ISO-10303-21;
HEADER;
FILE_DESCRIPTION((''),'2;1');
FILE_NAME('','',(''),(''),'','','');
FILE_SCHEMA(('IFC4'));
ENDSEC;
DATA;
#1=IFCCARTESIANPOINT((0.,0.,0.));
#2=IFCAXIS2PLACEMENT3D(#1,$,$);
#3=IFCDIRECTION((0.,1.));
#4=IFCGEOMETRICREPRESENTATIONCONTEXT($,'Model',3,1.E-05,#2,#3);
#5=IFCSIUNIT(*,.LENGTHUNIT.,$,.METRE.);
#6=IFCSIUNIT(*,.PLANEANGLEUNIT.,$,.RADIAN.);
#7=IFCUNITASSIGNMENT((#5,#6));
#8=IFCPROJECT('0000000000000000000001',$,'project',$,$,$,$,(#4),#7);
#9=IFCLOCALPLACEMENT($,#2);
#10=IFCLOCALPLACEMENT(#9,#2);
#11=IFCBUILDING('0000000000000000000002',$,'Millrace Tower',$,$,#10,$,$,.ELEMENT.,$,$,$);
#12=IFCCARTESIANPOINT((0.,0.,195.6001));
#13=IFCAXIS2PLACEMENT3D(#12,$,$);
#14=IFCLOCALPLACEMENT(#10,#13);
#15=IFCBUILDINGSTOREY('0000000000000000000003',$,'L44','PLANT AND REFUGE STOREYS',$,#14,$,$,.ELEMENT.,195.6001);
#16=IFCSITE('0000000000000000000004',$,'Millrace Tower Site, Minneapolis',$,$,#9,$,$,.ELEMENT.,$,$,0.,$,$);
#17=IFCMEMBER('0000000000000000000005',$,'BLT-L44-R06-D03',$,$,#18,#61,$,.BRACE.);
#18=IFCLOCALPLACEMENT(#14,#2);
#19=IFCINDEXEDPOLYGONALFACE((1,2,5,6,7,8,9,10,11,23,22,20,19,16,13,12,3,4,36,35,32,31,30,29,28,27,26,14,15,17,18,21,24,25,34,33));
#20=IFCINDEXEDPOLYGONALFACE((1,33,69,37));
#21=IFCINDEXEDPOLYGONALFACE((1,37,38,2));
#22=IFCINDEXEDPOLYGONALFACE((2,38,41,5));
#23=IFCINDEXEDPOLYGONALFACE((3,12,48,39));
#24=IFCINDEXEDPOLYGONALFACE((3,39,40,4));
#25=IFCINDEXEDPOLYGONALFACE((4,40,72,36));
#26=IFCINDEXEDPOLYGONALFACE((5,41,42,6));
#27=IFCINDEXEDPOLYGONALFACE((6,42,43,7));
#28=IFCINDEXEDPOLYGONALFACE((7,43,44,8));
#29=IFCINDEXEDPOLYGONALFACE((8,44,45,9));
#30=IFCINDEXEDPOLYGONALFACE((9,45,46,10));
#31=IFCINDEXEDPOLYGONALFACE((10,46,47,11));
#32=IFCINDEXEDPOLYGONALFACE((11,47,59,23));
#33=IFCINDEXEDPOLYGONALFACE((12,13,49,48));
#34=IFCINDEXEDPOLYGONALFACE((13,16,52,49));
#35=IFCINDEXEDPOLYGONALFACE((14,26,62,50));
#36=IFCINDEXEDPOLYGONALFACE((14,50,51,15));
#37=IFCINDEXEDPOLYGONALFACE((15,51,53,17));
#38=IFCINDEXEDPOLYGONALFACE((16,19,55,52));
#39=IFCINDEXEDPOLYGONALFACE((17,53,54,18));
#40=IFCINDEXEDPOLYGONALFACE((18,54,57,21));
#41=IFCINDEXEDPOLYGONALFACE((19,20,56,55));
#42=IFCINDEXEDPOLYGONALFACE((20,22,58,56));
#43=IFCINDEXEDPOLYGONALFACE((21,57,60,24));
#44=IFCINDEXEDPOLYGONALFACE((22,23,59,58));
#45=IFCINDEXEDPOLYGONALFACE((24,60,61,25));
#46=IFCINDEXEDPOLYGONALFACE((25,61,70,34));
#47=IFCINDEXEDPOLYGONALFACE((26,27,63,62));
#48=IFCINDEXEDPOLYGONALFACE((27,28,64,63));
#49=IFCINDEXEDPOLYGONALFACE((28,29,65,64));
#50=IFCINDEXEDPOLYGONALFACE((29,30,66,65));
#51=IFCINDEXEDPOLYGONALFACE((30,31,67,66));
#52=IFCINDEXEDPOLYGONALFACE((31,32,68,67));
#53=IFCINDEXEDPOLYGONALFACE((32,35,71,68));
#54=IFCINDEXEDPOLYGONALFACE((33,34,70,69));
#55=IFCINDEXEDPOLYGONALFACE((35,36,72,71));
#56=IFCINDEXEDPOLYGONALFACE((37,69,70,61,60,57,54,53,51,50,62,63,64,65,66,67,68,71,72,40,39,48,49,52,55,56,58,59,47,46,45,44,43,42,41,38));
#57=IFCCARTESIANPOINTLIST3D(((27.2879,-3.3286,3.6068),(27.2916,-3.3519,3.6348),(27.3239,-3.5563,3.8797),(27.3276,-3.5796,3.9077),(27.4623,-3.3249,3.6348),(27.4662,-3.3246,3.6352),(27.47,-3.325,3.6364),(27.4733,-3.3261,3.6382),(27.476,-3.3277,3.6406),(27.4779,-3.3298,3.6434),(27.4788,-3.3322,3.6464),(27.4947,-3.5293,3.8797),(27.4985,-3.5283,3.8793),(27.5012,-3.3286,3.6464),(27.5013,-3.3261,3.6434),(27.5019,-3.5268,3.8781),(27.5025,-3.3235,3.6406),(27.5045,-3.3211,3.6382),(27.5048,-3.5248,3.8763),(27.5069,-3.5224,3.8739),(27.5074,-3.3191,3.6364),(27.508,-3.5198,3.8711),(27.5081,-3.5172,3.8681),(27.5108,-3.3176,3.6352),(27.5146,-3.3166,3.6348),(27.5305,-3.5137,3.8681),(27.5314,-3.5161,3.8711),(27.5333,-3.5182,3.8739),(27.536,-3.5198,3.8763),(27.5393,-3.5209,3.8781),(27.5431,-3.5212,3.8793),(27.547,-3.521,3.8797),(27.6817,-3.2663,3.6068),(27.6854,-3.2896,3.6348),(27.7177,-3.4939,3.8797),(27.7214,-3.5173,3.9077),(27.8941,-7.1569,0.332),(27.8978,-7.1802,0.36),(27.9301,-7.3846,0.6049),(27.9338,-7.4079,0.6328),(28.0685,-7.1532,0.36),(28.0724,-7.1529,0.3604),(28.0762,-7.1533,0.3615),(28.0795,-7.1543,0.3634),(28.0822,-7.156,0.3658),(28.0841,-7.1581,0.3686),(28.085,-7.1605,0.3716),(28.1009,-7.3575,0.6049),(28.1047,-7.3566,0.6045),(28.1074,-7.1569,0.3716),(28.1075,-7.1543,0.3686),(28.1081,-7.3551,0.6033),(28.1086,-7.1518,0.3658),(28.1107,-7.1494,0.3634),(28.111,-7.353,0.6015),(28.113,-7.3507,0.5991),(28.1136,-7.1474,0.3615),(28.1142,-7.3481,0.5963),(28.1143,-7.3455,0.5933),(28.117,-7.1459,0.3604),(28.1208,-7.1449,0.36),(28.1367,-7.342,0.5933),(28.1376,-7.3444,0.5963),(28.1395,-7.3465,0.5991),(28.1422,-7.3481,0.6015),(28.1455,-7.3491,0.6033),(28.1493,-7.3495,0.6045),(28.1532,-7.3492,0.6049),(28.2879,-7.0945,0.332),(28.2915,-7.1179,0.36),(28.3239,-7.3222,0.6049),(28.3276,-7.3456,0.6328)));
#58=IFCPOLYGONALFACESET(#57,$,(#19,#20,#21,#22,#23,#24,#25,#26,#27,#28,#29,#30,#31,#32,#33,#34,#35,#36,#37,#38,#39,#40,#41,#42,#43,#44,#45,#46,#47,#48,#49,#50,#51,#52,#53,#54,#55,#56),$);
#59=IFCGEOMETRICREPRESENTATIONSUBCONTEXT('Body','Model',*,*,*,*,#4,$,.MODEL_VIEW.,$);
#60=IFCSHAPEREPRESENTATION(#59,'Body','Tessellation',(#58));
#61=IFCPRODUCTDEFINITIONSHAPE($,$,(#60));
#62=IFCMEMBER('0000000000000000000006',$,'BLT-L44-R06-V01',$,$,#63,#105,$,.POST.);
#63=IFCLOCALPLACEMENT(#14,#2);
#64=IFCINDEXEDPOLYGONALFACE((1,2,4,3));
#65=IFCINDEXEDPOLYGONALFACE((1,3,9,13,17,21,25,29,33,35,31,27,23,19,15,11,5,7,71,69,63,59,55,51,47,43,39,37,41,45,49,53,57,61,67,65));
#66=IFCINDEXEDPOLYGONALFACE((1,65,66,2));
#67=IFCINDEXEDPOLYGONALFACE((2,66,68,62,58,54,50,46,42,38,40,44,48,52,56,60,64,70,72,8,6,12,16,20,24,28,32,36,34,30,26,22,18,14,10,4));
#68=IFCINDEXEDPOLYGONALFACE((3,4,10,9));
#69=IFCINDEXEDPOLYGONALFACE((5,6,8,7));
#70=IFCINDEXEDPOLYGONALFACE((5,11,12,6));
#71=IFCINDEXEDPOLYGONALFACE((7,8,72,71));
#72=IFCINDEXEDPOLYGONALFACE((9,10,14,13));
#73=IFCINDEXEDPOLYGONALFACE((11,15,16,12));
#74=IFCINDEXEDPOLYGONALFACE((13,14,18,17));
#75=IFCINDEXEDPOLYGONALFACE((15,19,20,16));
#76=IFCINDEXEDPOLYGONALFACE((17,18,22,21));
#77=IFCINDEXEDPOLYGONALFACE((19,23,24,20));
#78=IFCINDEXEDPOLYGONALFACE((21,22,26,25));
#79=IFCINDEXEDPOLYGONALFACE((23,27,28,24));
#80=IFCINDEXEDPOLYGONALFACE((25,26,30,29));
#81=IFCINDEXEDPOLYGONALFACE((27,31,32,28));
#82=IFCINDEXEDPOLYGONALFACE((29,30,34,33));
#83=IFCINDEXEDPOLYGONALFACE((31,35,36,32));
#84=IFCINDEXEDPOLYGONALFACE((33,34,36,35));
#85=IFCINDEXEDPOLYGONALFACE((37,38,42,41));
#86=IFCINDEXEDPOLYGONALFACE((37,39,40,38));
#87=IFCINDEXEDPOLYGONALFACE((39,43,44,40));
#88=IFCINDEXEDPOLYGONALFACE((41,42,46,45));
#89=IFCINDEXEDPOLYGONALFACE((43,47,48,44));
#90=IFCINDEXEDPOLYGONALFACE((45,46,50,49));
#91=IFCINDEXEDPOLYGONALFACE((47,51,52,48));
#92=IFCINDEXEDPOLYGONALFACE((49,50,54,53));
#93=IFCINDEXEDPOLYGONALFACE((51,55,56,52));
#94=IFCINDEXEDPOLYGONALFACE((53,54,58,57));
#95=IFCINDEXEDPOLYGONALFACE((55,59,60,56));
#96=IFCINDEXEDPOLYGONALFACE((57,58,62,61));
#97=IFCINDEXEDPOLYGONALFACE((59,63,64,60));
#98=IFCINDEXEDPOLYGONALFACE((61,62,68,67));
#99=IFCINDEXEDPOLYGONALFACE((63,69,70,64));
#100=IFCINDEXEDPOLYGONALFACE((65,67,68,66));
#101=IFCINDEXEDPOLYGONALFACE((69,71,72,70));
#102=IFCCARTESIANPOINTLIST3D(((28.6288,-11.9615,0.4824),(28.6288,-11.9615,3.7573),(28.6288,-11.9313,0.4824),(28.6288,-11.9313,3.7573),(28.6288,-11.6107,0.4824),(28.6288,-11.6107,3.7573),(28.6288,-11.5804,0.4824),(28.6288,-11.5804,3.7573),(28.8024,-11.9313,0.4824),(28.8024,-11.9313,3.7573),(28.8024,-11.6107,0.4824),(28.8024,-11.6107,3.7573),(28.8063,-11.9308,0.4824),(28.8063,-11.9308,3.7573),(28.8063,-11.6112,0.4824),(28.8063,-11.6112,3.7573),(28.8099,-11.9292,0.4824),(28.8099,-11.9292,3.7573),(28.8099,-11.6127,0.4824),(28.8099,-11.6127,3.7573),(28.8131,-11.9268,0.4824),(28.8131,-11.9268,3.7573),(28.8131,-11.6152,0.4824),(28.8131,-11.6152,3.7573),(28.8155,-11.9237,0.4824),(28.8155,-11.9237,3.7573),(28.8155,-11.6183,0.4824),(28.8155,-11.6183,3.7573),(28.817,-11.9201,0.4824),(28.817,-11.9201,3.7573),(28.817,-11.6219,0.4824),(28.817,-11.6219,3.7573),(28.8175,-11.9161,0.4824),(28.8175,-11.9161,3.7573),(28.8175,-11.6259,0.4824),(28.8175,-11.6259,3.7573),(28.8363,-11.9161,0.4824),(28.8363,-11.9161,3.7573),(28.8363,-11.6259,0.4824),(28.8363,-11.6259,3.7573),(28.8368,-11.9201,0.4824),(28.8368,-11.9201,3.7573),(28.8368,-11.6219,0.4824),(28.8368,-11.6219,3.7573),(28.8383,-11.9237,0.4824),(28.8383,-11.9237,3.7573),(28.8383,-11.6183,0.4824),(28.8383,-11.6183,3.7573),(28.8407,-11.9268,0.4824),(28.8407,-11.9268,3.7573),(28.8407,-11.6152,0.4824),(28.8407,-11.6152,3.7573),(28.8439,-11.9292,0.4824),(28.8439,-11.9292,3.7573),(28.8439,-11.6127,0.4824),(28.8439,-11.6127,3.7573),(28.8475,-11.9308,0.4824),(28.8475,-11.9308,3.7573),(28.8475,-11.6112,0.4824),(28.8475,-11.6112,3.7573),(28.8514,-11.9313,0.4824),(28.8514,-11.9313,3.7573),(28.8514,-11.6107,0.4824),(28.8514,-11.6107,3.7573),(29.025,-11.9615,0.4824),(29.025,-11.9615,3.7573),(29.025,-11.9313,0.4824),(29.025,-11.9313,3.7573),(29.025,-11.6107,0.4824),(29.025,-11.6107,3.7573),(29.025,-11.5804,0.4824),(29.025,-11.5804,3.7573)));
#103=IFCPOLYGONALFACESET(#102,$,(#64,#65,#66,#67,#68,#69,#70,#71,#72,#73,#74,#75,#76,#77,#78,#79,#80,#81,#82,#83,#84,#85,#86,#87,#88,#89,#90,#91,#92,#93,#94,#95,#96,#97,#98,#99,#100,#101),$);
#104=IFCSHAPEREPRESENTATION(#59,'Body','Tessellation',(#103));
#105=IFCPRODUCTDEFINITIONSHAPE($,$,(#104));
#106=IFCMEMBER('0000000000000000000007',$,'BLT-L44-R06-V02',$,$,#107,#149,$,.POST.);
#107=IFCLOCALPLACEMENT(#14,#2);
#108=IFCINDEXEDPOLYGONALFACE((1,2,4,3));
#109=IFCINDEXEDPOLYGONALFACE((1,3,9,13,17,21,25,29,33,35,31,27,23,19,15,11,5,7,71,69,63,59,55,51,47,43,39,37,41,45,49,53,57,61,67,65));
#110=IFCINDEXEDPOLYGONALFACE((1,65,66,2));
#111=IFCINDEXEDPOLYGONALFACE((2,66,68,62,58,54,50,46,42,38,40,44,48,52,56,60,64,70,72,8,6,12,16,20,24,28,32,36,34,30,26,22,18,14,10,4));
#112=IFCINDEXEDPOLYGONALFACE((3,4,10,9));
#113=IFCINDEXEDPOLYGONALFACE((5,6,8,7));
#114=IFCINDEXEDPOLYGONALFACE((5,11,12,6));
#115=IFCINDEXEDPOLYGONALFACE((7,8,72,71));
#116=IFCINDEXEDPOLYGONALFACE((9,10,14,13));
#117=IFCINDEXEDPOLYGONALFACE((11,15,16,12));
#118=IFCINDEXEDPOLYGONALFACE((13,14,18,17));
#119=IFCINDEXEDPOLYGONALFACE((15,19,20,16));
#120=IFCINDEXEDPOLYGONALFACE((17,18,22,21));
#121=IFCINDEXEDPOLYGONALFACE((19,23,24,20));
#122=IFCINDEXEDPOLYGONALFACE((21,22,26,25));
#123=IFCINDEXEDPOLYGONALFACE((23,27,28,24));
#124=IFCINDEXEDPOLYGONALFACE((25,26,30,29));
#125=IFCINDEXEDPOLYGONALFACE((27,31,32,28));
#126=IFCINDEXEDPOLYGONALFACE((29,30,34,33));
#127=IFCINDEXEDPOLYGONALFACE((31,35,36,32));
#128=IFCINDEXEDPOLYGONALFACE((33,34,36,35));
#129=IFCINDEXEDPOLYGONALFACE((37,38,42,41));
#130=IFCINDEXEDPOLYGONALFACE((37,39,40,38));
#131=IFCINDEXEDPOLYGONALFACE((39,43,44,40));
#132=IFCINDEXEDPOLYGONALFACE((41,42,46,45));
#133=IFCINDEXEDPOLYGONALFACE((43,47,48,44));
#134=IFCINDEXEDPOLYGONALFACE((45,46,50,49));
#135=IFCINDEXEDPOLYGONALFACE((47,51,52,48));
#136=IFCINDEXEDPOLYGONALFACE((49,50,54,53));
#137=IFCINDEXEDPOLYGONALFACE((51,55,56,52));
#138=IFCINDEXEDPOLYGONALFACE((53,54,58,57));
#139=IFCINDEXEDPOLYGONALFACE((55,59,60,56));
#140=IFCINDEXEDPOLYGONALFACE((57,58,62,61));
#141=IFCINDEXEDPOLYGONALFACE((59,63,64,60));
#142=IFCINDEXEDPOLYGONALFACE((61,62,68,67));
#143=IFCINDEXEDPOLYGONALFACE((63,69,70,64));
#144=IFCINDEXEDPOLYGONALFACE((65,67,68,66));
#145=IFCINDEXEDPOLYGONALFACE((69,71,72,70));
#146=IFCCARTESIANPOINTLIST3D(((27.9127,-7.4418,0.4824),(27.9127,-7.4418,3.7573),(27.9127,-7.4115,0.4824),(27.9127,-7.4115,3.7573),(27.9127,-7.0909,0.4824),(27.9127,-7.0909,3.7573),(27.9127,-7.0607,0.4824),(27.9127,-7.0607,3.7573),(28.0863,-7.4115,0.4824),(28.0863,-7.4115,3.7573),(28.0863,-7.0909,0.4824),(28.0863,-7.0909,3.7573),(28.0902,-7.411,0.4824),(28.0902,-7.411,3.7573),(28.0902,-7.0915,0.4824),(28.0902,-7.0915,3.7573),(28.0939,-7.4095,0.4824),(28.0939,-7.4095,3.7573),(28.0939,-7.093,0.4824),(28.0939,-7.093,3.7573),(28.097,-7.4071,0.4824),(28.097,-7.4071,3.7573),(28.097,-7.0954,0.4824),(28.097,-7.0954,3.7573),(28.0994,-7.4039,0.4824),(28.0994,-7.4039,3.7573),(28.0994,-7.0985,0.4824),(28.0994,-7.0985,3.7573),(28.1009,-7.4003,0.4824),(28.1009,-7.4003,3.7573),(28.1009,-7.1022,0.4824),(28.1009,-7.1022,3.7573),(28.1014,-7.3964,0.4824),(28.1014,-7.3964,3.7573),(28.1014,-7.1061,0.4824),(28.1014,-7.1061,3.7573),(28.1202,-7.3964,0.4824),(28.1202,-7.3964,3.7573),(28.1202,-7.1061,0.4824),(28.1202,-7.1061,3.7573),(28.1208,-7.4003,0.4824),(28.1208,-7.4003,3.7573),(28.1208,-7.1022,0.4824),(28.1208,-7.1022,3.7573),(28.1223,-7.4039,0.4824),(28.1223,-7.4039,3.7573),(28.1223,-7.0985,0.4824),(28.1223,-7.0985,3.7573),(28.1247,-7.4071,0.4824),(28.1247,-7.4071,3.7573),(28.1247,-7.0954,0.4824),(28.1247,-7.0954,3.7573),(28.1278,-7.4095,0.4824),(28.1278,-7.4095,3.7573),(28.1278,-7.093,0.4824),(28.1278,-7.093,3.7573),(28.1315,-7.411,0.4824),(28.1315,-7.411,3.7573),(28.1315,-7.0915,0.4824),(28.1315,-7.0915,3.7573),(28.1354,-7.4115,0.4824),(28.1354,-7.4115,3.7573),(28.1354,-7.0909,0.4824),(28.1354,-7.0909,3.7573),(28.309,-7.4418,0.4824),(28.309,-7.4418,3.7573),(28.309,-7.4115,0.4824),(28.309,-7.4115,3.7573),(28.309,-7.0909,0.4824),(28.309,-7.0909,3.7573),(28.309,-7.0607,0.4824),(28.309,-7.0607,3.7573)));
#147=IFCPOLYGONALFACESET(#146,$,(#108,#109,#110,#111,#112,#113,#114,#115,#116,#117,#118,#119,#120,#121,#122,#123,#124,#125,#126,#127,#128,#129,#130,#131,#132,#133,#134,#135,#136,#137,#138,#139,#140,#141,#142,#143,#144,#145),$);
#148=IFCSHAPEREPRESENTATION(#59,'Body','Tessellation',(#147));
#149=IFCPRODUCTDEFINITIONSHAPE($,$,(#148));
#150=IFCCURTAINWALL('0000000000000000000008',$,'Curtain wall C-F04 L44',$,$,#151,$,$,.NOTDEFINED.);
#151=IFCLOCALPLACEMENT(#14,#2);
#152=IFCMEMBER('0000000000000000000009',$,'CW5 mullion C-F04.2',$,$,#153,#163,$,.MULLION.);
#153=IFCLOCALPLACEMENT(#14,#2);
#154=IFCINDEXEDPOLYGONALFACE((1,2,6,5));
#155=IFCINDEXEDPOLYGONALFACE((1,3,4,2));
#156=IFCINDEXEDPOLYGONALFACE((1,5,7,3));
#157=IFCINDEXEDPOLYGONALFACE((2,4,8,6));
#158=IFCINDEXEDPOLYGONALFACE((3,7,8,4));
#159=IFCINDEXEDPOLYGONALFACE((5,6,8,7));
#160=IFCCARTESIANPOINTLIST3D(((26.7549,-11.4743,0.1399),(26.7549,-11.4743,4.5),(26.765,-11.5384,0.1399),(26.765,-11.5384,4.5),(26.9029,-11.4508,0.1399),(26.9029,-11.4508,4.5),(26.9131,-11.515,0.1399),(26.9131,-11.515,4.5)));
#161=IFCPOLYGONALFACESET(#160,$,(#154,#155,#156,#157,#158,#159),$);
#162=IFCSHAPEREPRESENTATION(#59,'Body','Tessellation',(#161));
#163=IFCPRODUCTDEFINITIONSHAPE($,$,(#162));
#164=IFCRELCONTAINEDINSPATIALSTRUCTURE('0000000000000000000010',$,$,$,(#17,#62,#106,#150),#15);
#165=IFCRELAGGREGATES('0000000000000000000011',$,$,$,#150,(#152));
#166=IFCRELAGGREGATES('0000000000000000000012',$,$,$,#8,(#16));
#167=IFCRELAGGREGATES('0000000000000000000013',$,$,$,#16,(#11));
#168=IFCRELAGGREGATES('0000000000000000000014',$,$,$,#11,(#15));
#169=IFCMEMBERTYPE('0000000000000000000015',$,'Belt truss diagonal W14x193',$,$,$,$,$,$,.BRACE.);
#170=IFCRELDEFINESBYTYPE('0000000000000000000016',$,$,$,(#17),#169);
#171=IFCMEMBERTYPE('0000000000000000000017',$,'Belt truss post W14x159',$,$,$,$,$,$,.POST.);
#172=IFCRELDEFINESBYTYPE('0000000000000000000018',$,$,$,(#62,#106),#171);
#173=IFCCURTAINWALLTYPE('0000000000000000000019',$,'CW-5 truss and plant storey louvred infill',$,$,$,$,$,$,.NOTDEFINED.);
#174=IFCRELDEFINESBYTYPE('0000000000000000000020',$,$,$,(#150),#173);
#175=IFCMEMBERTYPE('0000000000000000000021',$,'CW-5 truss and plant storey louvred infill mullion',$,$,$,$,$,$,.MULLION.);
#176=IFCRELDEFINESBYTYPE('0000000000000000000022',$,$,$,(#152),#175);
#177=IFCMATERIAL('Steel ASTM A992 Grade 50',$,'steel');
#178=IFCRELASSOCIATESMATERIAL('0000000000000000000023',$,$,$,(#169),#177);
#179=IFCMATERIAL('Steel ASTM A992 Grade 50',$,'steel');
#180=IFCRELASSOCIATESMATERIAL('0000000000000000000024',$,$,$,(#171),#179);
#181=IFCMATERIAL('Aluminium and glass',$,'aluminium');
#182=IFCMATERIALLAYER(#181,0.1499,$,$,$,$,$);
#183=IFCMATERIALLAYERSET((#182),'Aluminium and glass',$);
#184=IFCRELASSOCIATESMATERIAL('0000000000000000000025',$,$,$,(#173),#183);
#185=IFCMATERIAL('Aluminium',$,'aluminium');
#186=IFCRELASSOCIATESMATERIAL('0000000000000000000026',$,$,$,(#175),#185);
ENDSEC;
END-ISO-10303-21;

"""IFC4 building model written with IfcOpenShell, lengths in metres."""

from ifc_helpers import new_model, si_unit, direction, frame, origin, origin_2d, place, context, subcontext, project, spatial, rectangle, i_section, extrude, material, layer, layer_set, material_profile, profile_set, type_object, element, aggregate, save


model = new_model("IFC4")

# Units and contexts
model_context = context("Model", 3, precision=1e-05, world=origin(), true_north=direction((0.0, 1.0)))
body_context = subcontext(model_context, "Body", "Model", "MODEL_VIEW")
ifc_project = project(units=[si_unit("LENGTHUNIT", "METRE"), si_unit("PLANEANGLEUNIT", "RADIAN")], contexts=[model_context])

# Site, building, storey
site_placement = place(None, origin())
site = spatial("IfcSite", under=ifc_project, at=site_placement, Name="Millrace Tower Site, Minneapolis", CompositionType="ELEMENT", RefElevation=0.0)
building_placement = place(site_placement, origin())
building = spatial("IfcBuilding", under=site, at=building_placement, Name="Millrace Tower", CompositionType="ELEMENT")
storey_placement = place(building_placement, frame((0.0, 0.0, 195.6001)))
storey = spatial("IfcBuildingStorey", under=building, at=storey_placement, Name="L44", Description="PLANT AND REFUGE STOREYS", CompositionType="ELEMENT", Elevation=195.6001)

# Members
ifc_material_1 = material(Name="Steel ASTM A992 Grade 50", Category="steel")
ifc_material_profile_1 = material_profile(ifc_material_1, i_section(OverallWidth=0.3987, OverallDepth=0.3938, WebThickness=0.0227, FlangeThickness=0.0366, FilletRadius=0.0151, at=origin_2d()))
ifc_profile_set_1 = profile_set([ifc_material_profile_1], Name="Steel ASTM A992 Grade 50")
member_type_1 = type_object("IfcMemberType", Name="Belt truss diagonal W14x193", PredefinedType="BRACE", material=ifc_profile_set_1)
member_1_placement = place(storey_placement, frame((28.1108, -7.2512, 0.4824), z_axis=(-0.119464, 0.754457, 0.645386), x_axis=(-0.987694, -0.156396, 0.0)))
element("IfcMember", 1, at=member_1_placement, inside=storey, type_object=member_type_1, Name="BLT-L44-R06-D03", PredefinedType="BRACE", context=body_context, shape_type="SweptSolid", body=[
    extrude(i_section(OverallWidth=0.3987, OverallDepth=0.3938, WebThickness=0.0227, FlangeThickness=0.0366, FilletRadius=0.0151, at=origin_2d()), origin(), (0.0, 0.0, 1.0), 5.0742),
])
ifc_material_2 = material(Name="Steel ASTM A992 Grade 50", Category="steel")
ifc_material_profile_2 = material_profile(ifc_material_2, i_section(OverallWidth=0.3962, OverallDepth=0.3811, WebThickness=0.0188, FlangeThickness=0.0303, FilletRadius=0.0151, at=origin_2d()))
ifc_profile_set_2 = profile_set([ifc_material_profile_2], Name="Steel ASTM A992 Grade 50")
member_type_2 = type_object("IfcMemberType", Name="Belt truss post W14x159", PredefinedType="POST", material=ifc_profile_set_2)
for number, where, z_axis, x_axis, name in (
    (2, (28.8269, -11.771, 0.4824), (0.0, 0.0, 1.0), (1.0, 0.0, 0.0), "BLT-L44-R06-V01"),
    (3, (28.1108, -7.2512, 0.4824), (0.0, 0.0, 1.0), (1.0, 0.0, 0.0), "BLT-L44-R06-V02"),
):
    element("IfcMember", number, at=place(storey_placement, frame(where, z_axis=z_axis, x_axis=x_axis)), inside=storey, type_object=member_type_2, Name=name, PredefinedType="POST", context=body_context, shape_type="SweptSolid", body=[
        extrude(i_section(OverallWidth=0.3962, OverallDepth=0.3811, WebThickness=0.0188, FlangeThickness=0.0303, FilletRadius=0.0151, at=origin_2d()), origin(), (0.0, 0.0, 1.0), 3.2749),
    ])

# Curtain wall, member
ifc_material_3 = material(Name="Aluminium and glass", Category="aluminium")
ifc_layer_1 = layer(ifc_material_3, 0.1499)
ifc_layer_set_1 = layer_set([ifc_layer_1], Name="Aluminium and glass")
curtain_wall_type = type_object("IfcCurtainWallType", Name="CW-5 truss and plant storey louvred infill", PredefinedType="NOTDEFINED", material=ifc_layer_set_1)
curtain_wall_placement = place(storey_placement, origin())
curtain_wall = element("IfcCurtainWall", 4, at=curtain_wall_placement, inside=storey, type_object=curtain_wall_type, Name="Curtain wall C-F04 L44", PredefinedType="NOTDEFINED")
ifc_material_4 = material(Name="Aluminium", Category="aluminium")
ifc_material_profile_3 = material_profile(ifc_material_4, rectangle(XDim=0.0649, YDim=0.1499, at=origin_2d()))
ifc_profile_set_3 = profile_set([ifc_material_profile_3], Name="Aluminium")
member_type_3 = type_object("IfcMemberType", Name="CW-5 truss and plant storey louvred infill mullion", PredefinedType="MULLION", material=ifc_profile_set_3)
member_2_placement = place(storey_placement, frame((26.834, -11.4946, 0.1399), z_axis=(0.0, 0.0, 1.0), x_axis=(-0.156434, 0.987688, 0.0)))
member_2 = element("IfcMember", 5, at=member_2_placement, type_object=member_type_3, Name="CW5 mullion C-F04.2", PredefinedType="MULLION", context=body_context, shape_type="SweptSolid", body=[
    extrude(rectangle(XDim=0.0649, YDim=0.1499, at=origin_2d()), origin(), (0.0, 0.0, 1.0), 4.3601),
])
aggregate(curtain_wall, [member_2])

save(model, "model.ifc")
